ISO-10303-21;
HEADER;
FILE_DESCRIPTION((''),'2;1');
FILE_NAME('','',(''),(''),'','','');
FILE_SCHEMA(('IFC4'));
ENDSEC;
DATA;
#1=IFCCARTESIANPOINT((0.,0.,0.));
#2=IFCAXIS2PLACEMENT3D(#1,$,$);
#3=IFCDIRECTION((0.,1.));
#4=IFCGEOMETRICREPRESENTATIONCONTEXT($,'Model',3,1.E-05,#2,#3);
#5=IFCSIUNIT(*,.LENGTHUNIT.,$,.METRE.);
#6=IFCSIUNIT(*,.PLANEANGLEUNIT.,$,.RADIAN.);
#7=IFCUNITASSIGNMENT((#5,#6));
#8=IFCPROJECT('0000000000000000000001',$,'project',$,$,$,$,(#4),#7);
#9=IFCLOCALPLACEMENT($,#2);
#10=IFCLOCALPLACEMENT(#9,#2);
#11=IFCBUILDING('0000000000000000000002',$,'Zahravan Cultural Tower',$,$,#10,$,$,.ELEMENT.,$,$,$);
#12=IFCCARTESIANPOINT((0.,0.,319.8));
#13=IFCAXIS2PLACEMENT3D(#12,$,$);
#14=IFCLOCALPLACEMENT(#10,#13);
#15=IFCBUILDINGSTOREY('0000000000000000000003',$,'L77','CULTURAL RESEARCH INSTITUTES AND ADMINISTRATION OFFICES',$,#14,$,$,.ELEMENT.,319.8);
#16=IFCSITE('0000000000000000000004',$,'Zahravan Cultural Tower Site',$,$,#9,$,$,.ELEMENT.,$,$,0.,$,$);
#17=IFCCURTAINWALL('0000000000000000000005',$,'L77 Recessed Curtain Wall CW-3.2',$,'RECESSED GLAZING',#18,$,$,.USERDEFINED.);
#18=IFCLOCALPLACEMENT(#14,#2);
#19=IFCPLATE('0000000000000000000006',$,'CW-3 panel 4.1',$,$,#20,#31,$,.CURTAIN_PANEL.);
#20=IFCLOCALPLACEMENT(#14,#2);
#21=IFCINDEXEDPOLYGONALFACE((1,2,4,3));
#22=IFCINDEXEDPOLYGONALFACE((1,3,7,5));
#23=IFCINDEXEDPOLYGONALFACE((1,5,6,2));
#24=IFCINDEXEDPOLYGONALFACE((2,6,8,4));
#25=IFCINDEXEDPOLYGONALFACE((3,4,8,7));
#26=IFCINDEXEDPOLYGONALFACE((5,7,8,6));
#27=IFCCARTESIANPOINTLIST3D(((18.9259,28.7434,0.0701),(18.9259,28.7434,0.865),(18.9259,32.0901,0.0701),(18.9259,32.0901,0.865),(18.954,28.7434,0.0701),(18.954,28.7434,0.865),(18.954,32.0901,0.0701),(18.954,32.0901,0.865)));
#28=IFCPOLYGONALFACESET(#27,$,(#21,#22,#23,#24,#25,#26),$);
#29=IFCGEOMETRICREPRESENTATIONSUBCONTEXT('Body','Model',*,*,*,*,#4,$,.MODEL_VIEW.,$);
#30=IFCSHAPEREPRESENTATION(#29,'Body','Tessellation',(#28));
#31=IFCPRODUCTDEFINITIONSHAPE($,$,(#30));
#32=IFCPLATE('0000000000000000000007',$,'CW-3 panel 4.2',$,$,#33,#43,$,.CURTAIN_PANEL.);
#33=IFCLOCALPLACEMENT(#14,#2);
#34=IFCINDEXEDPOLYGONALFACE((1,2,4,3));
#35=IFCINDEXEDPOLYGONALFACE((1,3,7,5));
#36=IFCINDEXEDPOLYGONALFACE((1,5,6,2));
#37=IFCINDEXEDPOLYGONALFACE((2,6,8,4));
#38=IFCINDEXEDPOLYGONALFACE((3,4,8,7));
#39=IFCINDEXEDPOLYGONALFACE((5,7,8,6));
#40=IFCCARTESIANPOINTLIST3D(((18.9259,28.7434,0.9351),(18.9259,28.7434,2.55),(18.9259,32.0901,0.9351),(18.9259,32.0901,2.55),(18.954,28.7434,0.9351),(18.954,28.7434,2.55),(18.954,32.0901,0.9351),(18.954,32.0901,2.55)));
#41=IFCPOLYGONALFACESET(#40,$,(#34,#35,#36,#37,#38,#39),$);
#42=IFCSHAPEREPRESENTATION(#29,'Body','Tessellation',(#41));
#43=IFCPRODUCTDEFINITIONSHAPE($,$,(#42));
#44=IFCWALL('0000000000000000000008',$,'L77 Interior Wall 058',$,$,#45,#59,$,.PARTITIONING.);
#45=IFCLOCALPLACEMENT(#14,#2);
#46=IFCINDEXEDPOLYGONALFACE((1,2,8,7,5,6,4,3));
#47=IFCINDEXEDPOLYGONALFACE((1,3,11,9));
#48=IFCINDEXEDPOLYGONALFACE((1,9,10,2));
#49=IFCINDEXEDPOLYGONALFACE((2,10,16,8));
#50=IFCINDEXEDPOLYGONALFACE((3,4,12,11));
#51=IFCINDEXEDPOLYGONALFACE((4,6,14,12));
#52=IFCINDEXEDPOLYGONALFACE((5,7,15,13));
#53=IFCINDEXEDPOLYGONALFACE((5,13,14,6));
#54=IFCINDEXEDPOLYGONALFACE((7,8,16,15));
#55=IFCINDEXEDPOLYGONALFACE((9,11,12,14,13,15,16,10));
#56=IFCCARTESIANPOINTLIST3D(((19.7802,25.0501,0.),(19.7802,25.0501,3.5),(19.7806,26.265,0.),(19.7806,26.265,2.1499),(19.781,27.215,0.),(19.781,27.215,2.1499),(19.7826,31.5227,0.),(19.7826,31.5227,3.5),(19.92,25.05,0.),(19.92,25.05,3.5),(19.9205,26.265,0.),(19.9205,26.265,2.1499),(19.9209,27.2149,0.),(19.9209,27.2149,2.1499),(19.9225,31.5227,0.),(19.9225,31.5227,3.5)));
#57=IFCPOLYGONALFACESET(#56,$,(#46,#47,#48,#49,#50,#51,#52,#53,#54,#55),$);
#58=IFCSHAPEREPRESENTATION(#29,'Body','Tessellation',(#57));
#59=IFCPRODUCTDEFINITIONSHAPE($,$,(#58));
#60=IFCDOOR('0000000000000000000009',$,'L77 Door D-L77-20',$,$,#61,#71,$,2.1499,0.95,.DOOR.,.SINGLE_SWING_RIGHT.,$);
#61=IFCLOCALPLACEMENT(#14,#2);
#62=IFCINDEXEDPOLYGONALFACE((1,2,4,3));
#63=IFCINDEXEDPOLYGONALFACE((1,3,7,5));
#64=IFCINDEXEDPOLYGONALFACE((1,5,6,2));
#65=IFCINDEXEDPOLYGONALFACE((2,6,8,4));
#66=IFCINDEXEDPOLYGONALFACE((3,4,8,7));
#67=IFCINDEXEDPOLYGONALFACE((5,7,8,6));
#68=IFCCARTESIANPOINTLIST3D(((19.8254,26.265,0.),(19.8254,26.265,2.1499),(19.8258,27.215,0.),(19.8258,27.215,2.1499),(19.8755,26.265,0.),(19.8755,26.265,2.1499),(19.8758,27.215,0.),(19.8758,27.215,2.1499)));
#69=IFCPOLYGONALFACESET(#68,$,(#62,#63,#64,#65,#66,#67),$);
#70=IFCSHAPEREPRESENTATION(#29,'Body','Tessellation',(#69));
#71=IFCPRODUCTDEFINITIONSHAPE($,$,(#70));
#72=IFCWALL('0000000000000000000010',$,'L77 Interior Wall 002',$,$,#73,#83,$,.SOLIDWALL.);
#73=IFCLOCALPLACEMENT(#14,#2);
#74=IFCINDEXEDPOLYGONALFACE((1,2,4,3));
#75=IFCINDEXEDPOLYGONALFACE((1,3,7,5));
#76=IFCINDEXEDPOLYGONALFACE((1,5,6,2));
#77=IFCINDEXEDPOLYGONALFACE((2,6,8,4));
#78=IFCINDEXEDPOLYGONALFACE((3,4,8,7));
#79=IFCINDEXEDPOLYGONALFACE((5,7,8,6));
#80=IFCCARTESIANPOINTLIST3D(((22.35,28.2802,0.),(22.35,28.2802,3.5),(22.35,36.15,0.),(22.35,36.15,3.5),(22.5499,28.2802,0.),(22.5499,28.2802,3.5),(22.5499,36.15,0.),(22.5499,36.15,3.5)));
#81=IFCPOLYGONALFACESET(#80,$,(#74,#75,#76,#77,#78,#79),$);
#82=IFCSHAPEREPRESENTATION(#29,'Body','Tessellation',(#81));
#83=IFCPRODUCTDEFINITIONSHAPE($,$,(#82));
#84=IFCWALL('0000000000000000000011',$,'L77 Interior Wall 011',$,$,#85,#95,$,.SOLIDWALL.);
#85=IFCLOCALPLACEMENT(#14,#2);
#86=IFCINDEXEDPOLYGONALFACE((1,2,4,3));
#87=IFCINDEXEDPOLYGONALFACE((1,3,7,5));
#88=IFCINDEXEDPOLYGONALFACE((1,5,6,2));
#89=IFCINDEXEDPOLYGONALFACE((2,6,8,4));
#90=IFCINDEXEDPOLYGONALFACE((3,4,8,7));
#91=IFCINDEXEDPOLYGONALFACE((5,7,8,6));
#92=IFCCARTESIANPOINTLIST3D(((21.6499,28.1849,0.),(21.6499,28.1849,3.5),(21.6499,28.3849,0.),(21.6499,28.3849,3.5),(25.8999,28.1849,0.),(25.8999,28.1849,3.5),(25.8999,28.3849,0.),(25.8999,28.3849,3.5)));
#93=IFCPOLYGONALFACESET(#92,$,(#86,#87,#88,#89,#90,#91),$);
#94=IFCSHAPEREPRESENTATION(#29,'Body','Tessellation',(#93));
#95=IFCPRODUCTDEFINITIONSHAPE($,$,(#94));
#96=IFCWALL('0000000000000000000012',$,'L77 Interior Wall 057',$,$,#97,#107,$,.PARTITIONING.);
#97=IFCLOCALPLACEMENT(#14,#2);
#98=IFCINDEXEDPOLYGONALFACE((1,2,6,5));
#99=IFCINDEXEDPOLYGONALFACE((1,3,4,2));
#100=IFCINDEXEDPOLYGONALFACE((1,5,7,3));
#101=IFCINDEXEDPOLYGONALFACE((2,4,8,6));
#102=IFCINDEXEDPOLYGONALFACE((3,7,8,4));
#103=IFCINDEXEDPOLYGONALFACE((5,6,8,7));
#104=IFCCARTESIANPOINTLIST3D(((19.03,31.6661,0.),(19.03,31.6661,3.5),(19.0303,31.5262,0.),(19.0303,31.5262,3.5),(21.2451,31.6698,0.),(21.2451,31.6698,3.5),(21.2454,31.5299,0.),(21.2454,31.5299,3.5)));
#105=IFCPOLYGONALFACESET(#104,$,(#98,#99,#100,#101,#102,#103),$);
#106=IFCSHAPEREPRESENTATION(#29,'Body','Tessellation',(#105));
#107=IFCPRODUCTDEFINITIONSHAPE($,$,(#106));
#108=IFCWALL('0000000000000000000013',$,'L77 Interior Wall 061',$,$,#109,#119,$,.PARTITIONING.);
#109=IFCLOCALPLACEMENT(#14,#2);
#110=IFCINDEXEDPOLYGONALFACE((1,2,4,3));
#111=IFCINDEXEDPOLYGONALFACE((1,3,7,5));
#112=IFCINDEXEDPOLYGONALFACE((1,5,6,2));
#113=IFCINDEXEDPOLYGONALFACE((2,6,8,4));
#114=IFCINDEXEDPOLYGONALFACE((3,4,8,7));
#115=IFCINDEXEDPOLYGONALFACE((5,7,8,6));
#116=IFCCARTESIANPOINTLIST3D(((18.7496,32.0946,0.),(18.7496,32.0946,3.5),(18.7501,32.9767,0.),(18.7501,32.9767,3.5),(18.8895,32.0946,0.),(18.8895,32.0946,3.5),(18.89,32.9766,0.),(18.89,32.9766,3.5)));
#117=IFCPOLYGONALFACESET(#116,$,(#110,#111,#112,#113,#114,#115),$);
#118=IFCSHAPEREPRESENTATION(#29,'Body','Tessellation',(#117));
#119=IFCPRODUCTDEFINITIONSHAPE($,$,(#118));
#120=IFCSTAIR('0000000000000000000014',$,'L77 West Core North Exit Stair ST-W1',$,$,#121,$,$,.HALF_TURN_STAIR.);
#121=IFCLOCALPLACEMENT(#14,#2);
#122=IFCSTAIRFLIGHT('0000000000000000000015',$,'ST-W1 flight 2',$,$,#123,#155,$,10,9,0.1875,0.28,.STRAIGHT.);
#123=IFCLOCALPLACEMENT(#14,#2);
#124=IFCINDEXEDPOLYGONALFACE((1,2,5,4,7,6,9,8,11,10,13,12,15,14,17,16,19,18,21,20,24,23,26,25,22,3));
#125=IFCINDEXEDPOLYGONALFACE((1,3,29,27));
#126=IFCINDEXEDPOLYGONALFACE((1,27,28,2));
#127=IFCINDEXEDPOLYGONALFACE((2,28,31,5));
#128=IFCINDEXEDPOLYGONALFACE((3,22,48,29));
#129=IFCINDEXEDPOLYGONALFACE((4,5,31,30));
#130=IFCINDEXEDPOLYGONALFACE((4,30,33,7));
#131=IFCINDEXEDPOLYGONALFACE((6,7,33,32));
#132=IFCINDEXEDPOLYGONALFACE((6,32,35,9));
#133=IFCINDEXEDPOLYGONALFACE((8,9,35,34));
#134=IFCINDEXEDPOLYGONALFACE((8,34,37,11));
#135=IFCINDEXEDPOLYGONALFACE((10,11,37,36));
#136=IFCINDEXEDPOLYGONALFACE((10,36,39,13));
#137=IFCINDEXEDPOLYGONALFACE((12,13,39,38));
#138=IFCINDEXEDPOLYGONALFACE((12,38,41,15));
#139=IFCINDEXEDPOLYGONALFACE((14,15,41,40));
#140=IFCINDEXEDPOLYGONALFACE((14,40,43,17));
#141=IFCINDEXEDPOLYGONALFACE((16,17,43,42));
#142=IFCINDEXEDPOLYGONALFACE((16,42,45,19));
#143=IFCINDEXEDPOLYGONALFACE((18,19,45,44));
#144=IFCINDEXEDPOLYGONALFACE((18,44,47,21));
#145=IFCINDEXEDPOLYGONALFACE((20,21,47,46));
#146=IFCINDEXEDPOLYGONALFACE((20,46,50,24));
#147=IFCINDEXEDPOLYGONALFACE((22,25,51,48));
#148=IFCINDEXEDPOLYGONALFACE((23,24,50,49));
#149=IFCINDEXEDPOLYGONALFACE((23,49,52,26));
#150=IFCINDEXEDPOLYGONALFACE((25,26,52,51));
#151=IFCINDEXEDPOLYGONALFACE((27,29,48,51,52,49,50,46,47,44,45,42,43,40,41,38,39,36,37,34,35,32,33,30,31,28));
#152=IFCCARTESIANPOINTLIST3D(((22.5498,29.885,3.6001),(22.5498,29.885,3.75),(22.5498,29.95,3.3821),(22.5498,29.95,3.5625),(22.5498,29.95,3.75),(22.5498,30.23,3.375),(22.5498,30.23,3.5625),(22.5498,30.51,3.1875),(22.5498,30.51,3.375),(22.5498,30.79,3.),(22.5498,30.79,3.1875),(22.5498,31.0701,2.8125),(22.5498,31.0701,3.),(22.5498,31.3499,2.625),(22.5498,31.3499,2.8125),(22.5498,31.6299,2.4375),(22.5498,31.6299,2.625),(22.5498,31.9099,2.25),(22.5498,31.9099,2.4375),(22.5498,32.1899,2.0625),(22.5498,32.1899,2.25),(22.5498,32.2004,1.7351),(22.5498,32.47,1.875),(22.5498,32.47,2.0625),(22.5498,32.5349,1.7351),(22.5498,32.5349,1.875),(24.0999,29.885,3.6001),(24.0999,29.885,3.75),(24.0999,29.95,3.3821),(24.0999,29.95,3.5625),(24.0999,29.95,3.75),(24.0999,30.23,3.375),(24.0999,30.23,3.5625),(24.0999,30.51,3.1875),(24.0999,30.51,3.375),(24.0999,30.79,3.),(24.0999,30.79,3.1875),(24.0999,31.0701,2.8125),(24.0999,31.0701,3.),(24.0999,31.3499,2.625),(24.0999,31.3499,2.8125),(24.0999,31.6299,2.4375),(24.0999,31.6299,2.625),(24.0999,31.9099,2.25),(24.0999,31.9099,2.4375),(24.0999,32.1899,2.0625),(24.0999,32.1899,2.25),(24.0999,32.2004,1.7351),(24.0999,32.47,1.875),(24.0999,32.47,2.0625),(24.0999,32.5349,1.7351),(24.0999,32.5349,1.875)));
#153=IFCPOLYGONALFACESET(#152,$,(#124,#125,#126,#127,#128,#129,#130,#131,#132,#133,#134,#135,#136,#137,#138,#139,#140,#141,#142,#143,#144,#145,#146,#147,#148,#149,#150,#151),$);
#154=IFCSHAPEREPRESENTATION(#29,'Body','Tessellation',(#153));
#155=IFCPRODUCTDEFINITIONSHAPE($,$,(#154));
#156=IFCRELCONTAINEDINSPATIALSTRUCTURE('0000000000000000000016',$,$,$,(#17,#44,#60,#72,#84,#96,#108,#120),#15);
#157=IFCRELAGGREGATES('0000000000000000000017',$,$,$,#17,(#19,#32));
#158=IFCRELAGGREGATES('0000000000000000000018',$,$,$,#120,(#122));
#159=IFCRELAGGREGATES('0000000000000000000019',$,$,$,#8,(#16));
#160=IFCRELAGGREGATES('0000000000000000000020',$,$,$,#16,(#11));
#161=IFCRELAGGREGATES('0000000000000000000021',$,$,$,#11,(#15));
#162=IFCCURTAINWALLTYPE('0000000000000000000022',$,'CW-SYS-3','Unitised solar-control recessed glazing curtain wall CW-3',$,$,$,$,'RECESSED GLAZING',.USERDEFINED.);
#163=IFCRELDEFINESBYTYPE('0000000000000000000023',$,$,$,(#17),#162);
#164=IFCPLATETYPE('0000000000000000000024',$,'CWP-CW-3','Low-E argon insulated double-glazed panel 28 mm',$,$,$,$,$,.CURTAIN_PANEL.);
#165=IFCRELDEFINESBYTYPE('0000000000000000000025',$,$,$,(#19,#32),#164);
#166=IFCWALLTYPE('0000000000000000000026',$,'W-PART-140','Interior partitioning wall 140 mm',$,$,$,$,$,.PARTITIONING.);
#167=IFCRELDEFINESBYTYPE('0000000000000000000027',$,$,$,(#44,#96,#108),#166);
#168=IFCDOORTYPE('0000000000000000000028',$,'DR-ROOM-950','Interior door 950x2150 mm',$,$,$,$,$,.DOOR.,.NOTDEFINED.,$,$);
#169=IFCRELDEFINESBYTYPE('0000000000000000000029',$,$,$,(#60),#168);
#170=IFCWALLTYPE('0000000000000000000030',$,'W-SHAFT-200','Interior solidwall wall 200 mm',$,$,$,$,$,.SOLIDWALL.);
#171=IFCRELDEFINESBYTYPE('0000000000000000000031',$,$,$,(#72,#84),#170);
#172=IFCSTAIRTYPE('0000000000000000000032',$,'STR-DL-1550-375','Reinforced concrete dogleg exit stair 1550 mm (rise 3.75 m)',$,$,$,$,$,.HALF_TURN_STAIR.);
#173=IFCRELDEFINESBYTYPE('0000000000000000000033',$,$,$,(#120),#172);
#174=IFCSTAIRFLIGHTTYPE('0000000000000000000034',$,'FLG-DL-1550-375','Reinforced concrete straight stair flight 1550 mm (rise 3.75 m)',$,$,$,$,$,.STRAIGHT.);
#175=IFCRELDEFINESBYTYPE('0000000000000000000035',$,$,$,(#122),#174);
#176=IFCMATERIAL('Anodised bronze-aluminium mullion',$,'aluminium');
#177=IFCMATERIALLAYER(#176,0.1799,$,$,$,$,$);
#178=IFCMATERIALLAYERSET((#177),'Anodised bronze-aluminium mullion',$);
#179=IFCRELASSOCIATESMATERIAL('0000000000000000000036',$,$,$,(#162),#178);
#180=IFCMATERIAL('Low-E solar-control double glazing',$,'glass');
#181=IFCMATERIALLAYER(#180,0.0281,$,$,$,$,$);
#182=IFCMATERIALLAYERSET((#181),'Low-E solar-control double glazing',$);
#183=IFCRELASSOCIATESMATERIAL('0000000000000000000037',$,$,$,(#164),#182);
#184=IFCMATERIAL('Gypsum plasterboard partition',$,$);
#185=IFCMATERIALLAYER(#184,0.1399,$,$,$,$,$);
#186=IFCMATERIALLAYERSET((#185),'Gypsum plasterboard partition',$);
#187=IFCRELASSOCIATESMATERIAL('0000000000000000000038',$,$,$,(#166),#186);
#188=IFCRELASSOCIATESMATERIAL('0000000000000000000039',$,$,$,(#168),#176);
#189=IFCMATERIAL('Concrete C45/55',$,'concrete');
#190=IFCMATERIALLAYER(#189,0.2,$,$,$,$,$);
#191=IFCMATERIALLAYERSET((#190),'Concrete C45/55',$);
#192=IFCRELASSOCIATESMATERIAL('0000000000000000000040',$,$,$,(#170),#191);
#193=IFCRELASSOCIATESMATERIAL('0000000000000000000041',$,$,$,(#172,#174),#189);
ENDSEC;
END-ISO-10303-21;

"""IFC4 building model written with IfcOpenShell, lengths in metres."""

from ifc_helpers import new_model, si_unit, direction, frame, frame_2d, origin, origin_2d, place, context, subcontext, project, spatial, polyline, rectangle, outline, extrude, source, transform, mapped, material, layer, layer_set, type_object, element, fill, aggregate, save


model = new_model("IFC4")

# Units and contexts
model_context = context("Model", 3, precision=1e-05, world=origin(), true_north=direction((0.0, 1.0)))
body_context = subcontext(model_context, "Body", "Model", "MODEL_VIEW")
ifc_project = project(units=[si_unit("LENGTHUNIT", "METRE"), si_unit("PLANEANGLEUNIT", "RADIAN")], contexts=[model_context])

# Site, building, storey
site_placement = place(None, origin())
site = spatial("IfcSite", under=ifc_project, at=site_placement, Name="Zahravan Cultural Tower Site", CompositionType="ELEMENT", RefElevation=0.0)
building_placement = place(site_placement, origin())
building = spatial("IfcBuilding", under=site, at=building_placement, Name="Zahravan Cultural Tower", CompositionType="ELEMENT")
storey_placement = place(building_placement, frame((0.0, 0.0, 319.8)))
storey = spatial("IfcBuildingStorey", under=building, at=storey_placement, Name="L77", Description="CULTURAL RESEARCH INSTITUTES AND ADMINISTRATION OFFICES", CompositionType="ELEMENT", Elevation=319.8)

# Curtain wall
ifc_material_1 = material(Name="Anodised bronze-aluminium mullion", Category="aluminium")
ifc_layer_1 = layer(ifc_material_1, 0.1799)
ifc_layer_set_1 = layer_set([ifc_layer_1], Name="Anodised bronze-aluminium mullion")
curtain_wall_type = type_object("IfcCurtainWallType", Name="CW-SYS-3", Description="Unitised solar-control recessed glazing curtain wall CW-3", ElementType="RECESSED GLAZING", PredefinedType="USERDEFINED", material=ifc_layer_set_1)
curtain_wall_placement = place(storey_placement, origin())
curtain_wall = element("IfcCurtainWall", 1, at=curtain_wall_placement, inside=storey, type_object=curtain_wall_type, Name="L77 Recessed Curtain Wall CW-3.2", ObjectType="RECESSED GLAZING", PredefinedType="USERDEFINED")

# Plates
ifc_material_2 = material(Name="Low-E solar-control double glazing", Category="glass")
ifc_layer_2 = layer(ifc_material_2, 0.0281)
ifc_layer_set_2 = layer_set([ifc_layer_2], Name="Low-E solar-control double glazing")
plate_type_1 = type_object("IfcPlateType", Name="CWP-CW-3", Description="Low-E argon insulated double-glazed panel 28 mm", PredefinedType="CURTAIN_PANEL", material=ifc_layer_set_2)
shared_shape_1 = source(origin(), body_context, "Body", "SweptSolid", [
    extrude(rectangle(XDim=3.3467, YDim=0.0281, at=origin_2d()), origin(), (0.0, 0.0, 1.0), 0.7949),
])
plate_1_placement = place(storey_placement, frame((18.9399, 30.4167, 0.0701), z_axis=(0.0, 0.0, 1.0), x_axis=(0.0, 1.0, 0.0)))
plate_1 = element("IfcPlate", 2, at=plate_1_placement, type_object=plate_type_1, Name="CW-3 panel 4.1", PredefinedType="CURTAIN_PANEL", context=body_context, shape_type="MappedRepresentation", body=[
    mapped(shared_shape_1, transform((0.0, 0.0, 0.0), x_axis=(1.0, 0.0, 0.0), y_axis=(0.0, 1.0, 0.0), z_axis=(0.0, 0.0, 1.0), scale=1.0)),
])
shared_shape_2 = source(origin(), body_context, "Body", "SweptSolid", [
    extrude(rectangle(XDim=3.3467, YDim=0.0281, at=origin_2d()), origin(), (0.0, 0.0, 1.0), 1.615),
])
plate_2_placement = place(storey_placement, frame((18.9399, 30.4167, 0.9351), z_axis=(0.0, 0.0, 1.0), x_axis=(0.0, 1.0, 0.0)))
plate_2 = element("IfcPlate", 3, at=plate_2_placement, type_object=plate_type_1, Name="CW-3 panel 4.2", PredefinedType="CURTAIN_PANEL", context=body_context, shape_type="MappedRepresentation", body=[
    mapped(shared_shape_2, transform((0.0, 0.0, 0.0), x_axis=(1.0, 0.0, 0.0), y_axis=(0.0, 1.0, 0.0), z_axis=(0.0, 0.0, 1.0), scale=1.0)),
])
aggregate(curtain_wall, [plate_1, plate_2])

# Wall, opening, door
ifc_material_3 = material(Name="Gypsum plasterboard partition")
ifc_layer_3 = layer(ifc_material_3, 0.1399)
ifc_layer_set_3 = layer_set([ifc_layer_3], Name="Gypsum plasterboard partition")
wall_type_1 = type_object("IfcWallType", Name="W-PART-140", Description="Interior partitioning wall 140 mm", PredefinedType="PARTITIONING", material=ifc_layer_set_3)
wall_1_placement = place(storey_placement, frame((19.8525, 31.5227, 0.0), z_axis=(0.0, 0.0, 1.0), x_axis=(-0.000377, -1.0, 0.0)))
wall_1 = element("IfcWall", 4, at=wall_1_placement, inside=storey, type_object=wall_type_1, Name="L77 Interior Wall 058", PredefinedType="PARTITIONING", context=body_context, shape_type="SweptSolid", body=[
    extrude(rectangle(XDim=6.4727, YDim=0.1399, at=frame_2d((3.2363, 0.0))), origin(), (0.0, 0.0, 1.0), 3.5),
])
opening_placement = place(wall_1_placement, frame((4.3076, 0.0, 0.0)))
opening = element("IfcOpeningElement", 5, at=opening_placement, cuts=wall_1, PredefinedType="OPENING", context=body_context, shape_type="SweptSolid", body=[
    extrude(rectangle(XDim=0.95, YDim=2.1499, at=frame_2d((0.4751, 1.075))), frame((0.0, 0.0798, 0.0), z_axis=(0.0, -1.0, 0.0), x_axis=(1.0, 0.0, 0.0)), (0.0, 0.0, 1.0), 0.1599),
])
door_type = type_object("IfcDoorType", Name="DR-ROOM-950", Description="Interior door 950x2150 mm", OperationType="NOTDEFINED", PredefinedType="DOOR", material=ifc_material_1)
shared_shape_3 = source(origin(), body_context, "Body", "SweptSolid", [
    extrude(rectangle(XDim=0.95, YDim=2.1499, at=frame_2d((0.4751, 1.075))), frame((0.0, 0.0249, 0.0), z_axis=(0.0, -1.0, 0.0), x_axis=(1.0, 0.0, 0.0)), (0.0, 0.0, 1.0), 0.05),
])
door_placement = place(opening_placement, origin())
door = element("IfcDoor", 6, at=door_placement, inside=storey, type_object=door_type, Name="L77 Door D-L77-20", OperationType="SINGLE_SWING_RIGHT", OverallHeight=2.1499, OverallWidth=0.95, PredefinedType="DOOR", context=body_context, shape_type="MappedRepresentation", body=[
    mapped(shared_shape_3, transform((0.0, 0.0, 0.0), x_axis=(1.0, 0.0, 0.0), y_axis=(0.0, 1.0, 0.0), z_axis=(0.0, 0.0, 1.0), scale=1.0)),
])
fill(opening, door)

# Walls
ifc_material_4 = material(Name="Concrete C45/55", Category="concrete")
ifc_layer_4 = layer(ifc_material_4, 0.2)
ifc_layer_set_4 = layer_set([ifc_layer_4], Name="Concrete C45/55")
wall_type_2 = type_object("IfcWallType", Name="W-SHAFT-200", Description="Interior solidwall wall 200 mm", PredefinedType="SOLIDWALL", material=ifc_layer_set_4)
shared_shape_4 = source(origin(), body_context, "Body", "SweptSolid", [
    extrude(rectangle(XDim=7.8699, YDim=0.2, at=frame_2d((3.9351, 0.0))), origin(), (0.0, 0.0, 1.0), 3.5),
])
wall_2_placement = place(storey_placement, frame((22.45, 28.28, 0.0), z_axis=(0.0, 0.0, 1.0), x_axis=(0.0, 1.0, 0.0)))
element("IfcWall", 7, at=wall_2_placement, inside=storey, type_object=wall_type_2, Name="L77 Interior Wall 002", PredefinedType="SOLIDWALL", context=body_context, shape_type="MappedRepresentation", body=[
    mapped(shared_shape_4, transform((0.0, 0.0, 0.0), x_axis=(1.0, 0.0, 0.0), y_axis=(0.0, 1.0, 0.0), z_axis=(0.0, 0.0, 1.0), scale=1.0)),
])
shared_shape_5 = source(origin(), body_context, "Body", "SweptSolid", [
    extrude(rectangle(XDim=4.25, YDim=0.2, at=frame_2d((2.125, 0.0))), origin(), (0.0, 0.0, 1.0), 3.5),
])
wall_3_placement = place(storey_placement, frame((21.6499, 28.2849, 0.0), z_axis=(0.0, 0.0, 1.0), x_axis=(1.0, 0.0, 0.0)))
element("IfcWall", 8, at=wall_3_placement, inside=storey, type_object=wall_type_2, Name="L77 Interior Wall 011", PredefinedType="SOLIDWALL", context=body_context, shape_type="MappedRepresentation", body=[
    mapped(shared_shape_5, transform((0.0, 0.0, 0.0), x_axis=(1.0, 0.0, 0.0), y_axis=(0.0, 1.0, 0.0), z_axis=(0.0, 0.0, 1.0), scale=1.0)),
])
shared_shape_6 = source(origin(), body_context, "Body", "SweptSolid", [
    extrude(rectangle(XDim=2.2151, YDim=0.1399, at=frame_2d((1.1074, 0.0))), origin(), (0.0, 0.0, 1.0), 3.5),
])
wall_4_placement = place(storey_placement, frame((21.2451, 31.5999, 0.0), z_axis=(0.0, 0.0, 1.0), x_axis=(-0.999999, -0.001653, 0.0)))
element("IfcWall", 9, at=wall_4_placement, inside=storey, type_object=wall_type_1, Name="L77 Interior Wall 057", PredefinedType="PARTITIONING", context=body_context, shape_type="MappedRepresentation", body=[
    mapped(shared_shape_6, transform((0.0, 0.0, 0.0), x_axis=(1.0, 0.0, 0.0), y_axis=(0.0, 1.0, 0.0), z_axis=(0.0, 0.0, 1.0), scale=1.0)),
])
shared_shape_7 = source(origin(), body_context, "Body", "SweptSolid", [
    extrude(rectangle(XDim=0.8821, YDim=0.1399, at=frame_2d((0.4409, 0.0))), origin(), (0.0, 0.0, 1.0), 3.5),
])
wall_5_placement = place(storey_placement, frame((18.8196, 32.0947, 0.0), z_axis=(0.0, 0.0, 1.0), x_axis=(0.000554, 1.0, 0.0)))
element("IfcWall", 10, at=wall_5_placement, inside=storey, type_object=wall_type_1, Name="L77 Interior Wall 061", PredefinedType="PARTITIONING", context=body_context, shape_type="MappedRepresentation", body=[
    mapped(shared_shape_7, transform((0.0, 0.0, 0.0), x_axis=(1.0, 0.0, 0.0), y_axis=(0.0, 1.0, 0.0), z_axis=(0.0, 0.0, 1.0), scale=1.0)),
])

# Stair, stair flight
stair_type = type_object("IfcStairType", Name="STR-DL-1550-375", Description="Reinforced concrete dogleg exit stair 1550 mm (rise 3.75 m)", PredefinedType="HALF_TURN_STAIR", material=ifc_material_4)
stair_placement = place(storey_placement, origin())
stair = element("IfcStair", 11, at=stair_placement, inside=storey, type_object=stair_type, Name="L77 West Core North Exit Stair ST-W1", PredefinedType="HALF_TURN_STAIR")
stair_flight_type = type_object("IfcStairFlightType", Name="FLG-DL-1550-375", Description="Reinforced concrete straight stair flight 1550 mm (rise 3.75 m)", PredefinedType="STRAIGHT", material=ifc_material_4)
stair_flight_placement = place(storey_placement, frame((23.325, 32.47, 1.875), z_axis=(0.0, 0.0, 1.0), x_axis=(0.0, -1.0, 0.0)))
stair_flight = element("IfcStairFlight", 12, at=stair_flight_placement, type_object=stair_flight_type, Name="ST-W1 flight 2", NumberOfRisers=10, NumberOfTreads=9, PredefinedType="STRAIGHT", RiserHeight=0.1875, TreadLength=0.28, context=body_context, shape_type="SweptSolid", body=[
    extrude(outline(polyline([(-0.0649, -0.1399), (-0.0649, 0.0), (0.0, 0.0), (0.0, 0.1875), (0.28, 0.1875), (0.28, 0.375), (0.5601, 0.375), (0.5601, 0.5625), (0.8401, 0.5625), (0.8401, 0.75), (1.1201, 0.75), (1.1201, 0.9375), (1.3999, 0.9375), (1.3999, 1.125), (1.6799, 1.125), (1.6799, 1.3125), (1.96, 1.3125), (1.96, 1.5), (2.24, 1.5), (2.24, 1.6875), (2.52, 1.6875), (2.52, 1.875), (2.585, 1.875), (2.585, 1.7251), (2.52, 1.5071), (0.2695, -0.1399), (-0.0649, -0.1399)])), frame((0.0, 0.7749, 0.0), z_axis=(0.0, -1.0, 0.0), x_axis=(1.0, 0.0, 0.0)), (0.0, 0.0, 1.0), 1.55),
])
aggregate(stair, [stair_flight])

save(model, "model.ifc")
